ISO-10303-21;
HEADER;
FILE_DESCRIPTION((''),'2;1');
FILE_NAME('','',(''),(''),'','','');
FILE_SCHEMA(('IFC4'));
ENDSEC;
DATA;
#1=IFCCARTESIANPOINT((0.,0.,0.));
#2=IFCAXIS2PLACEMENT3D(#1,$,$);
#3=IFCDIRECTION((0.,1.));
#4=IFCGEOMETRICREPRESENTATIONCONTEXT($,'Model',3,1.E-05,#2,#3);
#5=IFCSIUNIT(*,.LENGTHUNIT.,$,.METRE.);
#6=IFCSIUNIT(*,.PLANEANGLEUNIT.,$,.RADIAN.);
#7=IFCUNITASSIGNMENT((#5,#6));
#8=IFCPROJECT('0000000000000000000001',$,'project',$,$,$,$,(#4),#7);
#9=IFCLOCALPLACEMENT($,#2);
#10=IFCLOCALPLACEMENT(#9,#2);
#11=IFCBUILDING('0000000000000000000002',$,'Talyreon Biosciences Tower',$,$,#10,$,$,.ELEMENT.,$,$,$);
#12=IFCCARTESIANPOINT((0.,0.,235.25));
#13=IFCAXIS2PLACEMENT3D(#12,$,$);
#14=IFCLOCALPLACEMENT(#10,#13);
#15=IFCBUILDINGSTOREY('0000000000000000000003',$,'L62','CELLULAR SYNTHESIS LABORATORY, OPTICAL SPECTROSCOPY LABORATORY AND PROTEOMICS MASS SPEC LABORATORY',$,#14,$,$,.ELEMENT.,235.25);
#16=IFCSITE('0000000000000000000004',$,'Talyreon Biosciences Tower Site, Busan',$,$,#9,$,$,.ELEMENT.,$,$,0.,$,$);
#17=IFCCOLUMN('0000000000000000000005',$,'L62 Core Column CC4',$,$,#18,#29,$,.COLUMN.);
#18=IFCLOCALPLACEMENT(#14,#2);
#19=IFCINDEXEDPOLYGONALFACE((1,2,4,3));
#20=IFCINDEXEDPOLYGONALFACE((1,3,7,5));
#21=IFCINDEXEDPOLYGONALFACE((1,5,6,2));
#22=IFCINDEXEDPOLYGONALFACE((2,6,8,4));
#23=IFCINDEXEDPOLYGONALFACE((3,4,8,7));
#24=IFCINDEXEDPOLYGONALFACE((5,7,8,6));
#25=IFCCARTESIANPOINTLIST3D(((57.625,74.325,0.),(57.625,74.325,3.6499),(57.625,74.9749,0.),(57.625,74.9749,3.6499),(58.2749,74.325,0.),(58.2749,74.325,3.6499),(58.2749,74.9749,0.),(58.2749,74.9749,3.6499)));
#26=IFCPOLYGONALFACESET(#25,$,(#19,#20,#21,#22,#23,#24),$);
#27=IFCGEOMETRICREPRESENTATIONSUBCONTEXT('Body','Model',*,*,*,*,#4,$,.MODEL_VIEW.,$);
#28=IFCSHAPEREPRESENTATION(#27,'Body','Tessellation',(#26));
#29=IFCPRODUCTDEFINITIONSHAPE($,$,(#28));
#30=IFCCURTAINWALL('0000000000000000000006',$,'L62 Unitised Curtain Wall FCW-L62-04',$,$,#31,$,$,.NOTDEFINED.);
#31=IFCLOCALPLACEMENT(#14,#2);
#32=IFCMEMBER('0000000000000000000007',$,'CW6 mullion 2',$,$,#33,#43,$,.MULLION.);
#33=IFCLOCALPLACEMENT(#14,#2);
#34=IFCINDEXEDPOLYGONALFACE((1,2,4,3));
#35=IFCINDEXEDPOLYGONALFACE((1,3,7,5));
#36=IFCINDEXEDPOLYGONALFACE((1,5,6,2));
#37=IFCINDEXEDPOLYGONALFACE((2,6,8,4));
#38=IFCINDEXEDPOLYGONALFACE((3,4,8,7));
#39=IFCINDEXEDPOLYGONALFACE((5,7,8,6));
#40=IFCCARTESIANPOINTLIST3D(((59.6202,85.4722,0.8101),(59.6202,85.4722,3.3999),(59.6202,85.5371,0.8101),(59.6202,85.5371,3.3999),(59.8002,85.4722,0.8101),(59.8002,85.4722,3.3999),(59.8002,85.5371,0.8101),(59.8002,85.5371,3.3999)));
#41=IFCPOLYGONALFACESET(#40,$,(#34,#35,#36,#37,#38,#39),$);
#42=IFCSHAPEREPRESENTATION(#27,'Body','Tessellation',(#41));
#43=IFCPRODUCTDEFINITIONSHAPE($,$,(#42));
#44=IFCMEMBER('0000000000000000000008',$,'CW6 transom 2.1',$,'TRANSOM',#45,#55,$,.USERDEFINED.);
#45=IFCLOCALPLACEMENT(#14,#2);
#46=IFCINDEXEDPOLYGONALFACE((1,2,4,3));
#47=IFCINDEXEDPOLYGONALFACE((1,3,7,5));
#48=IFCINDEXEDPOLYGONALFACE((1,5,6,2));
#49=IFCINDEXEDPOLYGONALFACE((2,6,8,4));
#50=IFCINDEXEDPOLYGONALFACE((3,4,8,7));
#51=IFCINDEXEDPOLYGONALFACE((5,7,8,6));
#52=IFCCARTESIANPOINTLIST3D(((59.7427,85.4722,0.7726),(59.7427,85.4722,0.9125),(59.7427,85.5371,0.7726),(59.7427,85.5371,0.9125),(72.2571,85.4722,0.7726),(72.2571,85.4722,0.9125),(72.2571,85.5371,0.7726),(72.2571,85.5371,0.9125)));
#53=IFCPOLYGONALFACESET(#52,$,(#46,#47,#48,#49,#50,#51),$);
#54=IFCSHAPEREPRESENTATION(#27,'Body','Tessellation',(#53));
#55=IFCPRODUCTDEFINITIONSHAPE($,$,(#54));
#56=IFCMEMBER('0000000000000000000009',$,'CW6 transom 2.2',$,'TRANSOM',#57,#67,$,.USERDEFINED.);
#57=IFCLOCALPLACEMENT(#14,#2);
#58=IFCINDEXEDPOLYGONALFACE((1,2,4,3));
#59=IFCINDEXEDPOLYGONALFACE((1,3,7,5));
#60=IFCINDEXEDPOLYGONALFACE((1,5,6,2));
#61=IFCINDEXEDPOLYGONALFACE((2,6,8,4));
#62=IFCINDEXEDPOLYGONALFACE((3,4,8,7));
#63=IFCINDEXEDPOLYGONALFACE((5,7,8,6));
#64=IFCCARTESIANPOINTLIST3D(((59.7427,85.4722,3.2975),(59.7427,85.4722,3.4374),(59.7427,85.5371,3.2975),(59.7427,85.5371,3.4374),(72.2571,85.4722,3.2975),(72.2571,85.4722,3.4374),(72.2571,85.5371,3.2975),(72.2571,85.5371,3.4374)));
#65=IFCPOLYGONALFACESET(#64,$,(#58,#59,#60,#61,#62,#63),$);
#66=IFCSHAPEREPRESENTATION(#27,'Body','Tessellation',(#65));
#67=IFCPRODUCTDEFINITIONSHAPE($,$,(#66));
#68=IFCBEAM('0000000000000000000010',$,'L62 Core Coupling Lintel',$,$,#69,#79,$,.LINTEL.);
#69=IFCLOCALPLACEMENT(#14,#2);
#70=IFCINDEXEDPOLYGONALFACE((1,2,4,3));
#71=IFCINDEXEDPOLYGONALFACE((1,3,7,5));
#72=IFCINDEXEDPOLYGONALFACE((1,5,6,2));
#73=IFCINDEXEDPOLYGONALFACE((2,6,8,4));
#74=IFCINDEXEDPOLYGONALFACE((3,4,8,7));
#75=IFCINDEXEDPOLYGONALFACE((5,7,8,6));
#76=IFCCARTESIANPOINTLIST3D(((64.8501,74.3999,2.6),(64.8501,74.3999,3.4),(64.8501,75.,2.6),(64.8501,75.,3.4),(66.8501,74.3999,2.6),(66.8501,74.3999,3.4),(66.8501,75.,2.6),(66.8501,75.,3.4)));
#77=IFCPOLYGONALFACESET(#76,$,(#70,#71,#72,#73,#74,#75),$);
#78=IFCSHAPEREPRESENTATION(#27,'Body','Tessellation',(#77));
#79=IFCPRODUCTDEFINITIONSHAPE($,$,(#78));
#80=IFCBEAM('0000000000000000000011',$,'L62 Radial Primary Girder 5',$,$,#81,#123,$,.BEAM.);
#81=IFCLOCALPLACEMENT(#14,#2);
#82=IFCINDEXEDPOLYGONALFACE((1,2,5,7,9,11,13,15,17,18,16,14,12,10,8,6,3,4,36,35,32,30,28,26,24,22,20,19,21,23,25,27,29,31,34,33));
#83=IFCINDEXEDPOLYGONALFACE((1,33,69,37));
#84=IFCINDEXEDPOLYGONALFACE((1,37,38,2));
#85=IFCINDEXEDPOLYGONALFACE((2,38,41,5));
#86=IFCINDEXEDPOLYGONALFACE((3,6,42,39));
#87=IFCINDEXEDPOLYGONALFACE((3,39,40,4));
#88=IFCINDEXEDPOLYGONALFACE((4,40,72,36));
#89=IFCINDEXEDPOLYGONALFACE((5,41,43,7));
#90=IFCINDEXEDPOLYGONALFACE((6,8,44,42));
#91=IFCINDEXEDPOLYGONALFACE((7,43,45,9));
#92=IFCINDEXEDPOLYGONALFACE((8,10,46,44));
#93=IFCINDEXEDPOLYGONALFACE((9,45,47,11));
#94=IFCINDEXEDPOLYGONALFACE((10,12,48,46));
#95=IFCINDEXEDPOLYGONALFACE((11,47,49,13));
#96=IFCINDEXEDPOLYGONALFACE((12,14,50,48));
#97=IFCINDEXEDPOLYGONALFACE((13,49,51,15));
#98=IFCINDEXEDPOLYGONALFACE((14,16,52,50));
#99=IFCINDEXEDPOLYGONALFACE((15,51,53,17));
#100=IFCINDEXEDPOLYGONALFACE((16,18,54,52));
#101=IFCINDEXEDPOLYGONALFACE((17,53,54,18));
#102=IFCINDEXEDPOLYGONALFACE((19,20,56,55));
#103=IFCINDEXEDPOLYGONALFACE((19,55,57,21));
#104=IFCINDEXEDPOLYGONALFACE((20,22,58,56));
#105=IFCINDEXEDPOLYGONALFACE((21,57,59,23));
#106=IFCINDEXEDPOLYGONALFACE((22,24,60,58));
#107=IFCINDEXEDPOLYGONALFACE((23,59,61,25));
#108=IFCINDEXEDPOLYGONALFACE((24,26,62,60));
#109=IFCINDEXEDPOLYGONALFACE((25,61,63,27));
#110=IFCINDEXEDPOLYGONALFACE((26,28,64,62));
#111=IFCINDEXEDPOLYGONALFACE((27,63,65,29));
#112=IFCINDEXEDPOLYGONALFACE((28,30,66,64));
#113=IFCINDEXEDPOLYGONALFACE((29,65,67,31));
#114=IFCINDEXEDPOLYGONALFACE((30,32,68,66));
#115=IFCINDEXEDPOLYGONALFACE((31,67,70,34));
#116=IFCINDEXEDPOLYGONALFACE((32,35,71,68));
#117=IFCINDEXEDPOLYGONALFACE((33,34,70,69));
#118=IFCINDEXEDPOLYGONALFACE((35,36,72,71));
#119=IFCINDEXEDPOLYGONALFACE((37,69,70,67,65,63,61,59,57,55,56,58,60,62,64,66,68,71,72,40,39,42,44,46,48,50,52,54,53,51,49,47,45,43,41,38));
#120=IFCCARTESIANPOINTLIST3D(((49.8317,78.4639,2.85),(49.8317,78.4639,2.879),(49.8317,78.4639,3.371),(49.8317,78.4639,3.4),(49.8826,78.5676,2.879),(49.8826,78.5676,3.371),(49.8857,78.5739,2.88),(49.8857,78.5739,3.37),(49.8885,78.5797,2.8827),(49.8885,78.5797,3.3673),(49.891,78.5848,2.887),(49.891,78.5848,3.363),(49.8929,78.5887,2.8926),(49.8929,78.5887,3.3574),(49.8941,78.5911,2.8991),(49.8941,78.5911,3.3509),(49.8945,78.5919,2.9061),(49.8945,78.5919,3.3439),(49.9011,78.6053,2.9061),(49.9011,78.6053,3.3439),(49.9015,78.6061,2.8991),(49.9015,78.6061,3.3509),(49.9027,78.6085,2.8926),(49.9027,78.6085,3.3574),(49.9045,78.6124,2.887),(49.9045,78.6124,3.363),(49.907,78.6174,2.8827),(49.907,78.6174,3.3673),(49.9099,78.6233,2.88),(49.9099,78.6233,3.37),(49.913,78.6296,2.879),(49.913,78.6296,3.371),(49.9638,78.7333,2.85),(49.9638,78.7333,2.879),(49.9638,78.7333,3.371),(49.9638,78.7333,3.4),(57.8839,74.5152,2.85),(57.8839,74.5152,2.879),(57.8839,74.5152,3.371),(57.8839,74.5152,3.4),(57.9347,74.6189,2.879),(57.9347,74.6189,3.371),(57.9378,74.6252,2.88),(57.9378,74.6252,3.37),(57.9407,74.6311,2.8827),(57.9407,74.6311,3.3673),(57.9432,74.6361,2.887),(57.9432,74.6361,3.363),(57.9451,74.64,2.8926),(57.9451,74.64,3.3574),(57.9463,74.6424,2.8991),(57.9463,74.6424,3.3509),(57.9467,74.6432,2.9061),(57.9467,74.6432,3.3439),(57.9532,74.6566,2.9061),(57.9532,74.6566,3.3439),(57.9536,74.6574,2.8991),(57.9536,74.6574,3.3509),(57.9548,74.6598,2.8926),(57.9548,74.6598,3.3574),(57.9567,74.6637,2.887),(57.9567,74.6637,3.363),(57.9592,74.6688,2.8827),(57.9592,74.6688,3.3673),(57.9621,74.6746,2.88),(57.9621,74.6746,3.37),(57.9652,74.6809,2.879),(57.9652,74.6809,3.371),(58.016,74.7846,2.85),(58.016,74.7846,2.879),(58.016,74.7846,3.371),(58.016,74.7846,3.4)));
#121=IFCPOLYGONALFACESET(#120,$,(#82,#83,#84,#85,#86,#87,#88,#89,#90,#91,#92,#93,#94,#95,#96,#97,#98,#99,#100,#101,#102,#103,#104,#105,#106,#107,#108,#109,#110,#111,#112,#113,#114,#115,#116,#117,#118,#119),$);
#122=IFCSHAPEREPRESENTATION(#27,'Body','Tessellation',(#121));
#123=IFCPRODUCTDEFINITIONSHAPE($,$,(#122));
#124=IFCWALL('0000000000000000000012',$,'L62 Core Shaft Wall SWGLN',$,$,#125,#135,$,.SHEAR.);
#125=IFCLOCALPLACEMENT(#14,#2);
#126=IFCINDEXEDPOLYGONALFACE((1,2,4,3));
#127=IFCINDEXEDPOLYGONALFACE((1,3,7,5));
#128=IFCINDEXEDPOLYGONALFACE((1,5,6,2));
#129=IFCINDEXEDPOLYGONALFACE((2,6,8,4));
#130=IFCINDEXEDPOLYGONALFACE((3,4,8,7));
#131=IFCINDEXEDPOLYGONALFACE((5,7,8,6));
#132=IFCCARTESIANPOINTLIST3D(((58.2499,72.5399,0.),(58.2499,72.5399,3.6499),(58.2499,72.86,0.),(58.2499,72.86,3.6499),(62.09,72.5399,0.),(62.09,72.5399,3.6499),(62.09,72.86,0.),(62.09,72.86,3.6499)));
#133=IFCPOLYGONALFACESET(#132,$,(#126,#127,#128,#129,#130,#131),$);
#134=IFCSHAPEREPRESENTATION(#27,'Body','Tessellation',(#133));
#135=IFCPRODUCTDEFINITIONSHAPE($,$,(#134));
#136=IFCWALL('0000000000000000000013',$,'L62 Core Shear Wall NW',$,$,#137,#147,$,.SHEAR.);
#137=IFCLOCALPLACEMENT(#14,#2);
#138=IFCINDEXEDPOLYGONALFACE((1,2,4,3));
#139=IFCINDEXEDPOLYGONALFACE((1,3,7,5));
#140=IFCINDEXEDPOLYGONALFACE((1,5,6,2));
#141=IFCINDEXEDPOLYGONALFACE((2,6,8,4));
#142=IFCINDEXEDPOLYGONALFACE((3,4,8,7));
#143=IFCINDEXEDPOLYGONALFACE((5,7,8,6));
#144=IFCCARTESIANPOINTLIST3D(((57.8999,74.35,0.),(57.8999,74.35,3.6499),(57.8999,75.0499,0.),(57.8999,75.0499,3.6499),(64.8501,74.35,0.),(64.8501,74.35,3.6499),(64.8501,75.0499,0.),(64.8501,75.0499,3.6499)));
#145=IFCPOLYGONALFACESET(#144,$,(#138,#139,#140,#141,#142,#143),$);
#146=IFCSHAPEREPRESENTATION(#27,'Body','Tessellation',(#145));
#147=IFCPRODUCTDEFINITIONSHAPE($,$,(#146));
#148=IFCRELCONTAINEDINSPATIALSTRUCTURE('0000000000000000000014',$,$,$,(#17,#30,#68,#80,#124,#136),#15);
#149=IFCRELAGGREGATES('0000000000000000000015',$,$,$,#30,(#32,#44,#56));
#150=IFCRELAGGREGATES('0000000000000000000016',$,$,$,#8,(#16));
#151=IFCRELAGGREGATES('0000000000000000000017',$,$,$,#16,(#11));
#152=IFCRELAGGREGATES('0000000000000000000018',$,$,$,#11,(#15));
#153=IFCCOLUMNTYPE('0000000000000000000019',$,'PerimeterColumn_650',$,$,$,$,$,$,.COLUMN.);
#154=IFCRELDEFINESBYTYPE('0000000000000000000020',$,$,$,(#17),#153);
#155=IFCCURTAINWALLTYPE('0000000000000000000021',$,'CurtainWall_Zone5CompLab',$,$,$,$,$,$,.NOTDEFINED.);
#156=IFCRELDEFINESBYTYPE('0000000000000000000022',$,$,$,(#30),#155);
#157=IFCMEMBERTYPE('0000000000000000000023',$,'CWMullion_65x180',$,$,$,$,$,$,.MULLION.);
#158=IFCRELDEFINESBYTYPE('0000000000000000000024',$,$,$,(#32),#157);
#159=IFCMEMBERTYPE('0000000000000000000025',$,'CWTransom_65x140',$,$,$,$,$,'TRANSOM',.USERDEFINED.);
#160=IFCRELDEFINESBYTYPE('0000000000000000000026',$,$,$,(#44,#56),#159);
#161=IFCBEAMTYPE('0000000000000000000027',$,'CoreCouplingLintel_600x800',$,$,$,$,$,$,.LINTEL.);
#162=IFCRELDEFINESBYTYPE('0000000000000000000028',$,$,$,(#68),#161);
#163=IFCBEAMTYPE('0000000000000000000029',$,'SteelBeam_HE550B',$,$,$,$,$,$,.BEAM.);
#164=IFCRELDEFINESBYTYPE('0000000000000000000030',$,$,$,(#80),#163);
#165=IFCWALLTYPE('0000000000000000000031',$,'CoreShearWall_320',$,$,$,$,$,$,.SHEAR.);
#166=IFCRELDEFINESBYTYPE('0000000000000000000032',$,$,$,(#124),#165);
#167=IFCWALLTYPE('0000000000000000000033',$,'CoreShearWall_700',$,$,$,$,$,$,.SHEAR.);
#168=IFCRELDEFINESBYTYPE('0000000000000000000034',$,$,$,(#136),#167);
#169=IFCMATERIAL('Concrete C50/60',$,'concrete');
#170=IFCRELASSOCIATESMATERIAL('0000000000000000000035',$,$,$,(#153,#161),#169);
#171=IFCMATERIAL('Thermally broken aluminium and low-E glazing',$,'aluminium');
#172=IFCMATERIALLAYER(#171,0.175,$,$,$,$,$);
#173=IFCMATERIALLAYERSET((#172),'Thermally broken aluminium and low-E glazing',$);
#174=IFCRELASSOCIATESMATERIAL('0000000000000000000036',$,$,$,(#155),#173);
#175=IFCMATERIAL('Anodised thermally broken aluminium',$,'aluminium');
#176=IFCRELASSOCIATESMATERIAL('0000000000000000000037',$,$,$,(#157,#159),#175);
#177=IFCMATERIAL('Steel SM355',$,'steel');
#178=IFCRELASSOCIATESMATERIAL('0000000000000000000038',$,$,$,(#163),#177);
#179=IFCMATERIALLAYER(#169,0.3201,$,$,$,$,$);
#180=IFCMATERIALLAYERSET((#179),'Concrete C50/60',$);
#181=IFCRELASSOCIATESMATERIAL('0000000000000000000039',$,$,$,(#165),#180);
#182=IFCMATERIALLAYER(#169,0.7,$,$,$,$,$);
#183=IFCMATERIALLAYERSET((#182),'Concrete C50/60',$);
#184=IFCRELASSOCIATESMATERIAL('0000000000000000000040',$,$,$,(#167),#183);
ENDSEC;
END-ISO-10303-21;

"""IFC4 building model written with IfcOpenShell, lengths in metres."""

from ifc_helpers import new_model, si_unit, direction, frame, frame_2d, origin, origin_2d, place, context, subcontext, project, spatial, rectangle, i_section, extrude, material, layer, layer_set, material_profile, profile_set, type_object, element, aggregate, save


model = new_model("IFC4")

# Units and contexts
model_context = context("Model", 3, precision=1e-05, world=origin(), true_north=direction((0.0, 1.0)))
body_context = subcontext(model_context, "Body", "Model", "MODEL_VIEW")
ifc_project = project(units=[si_unit("LENGTHUNIT", "METRE"), si_unit("PLANEANGLEUNIT", "RADIAN")], contexts=[model_context])

# Site, building, storey
site_placement = place(None, origin())
site = spatial("IfcSite", under=ifc_project, at=site_placement, Name="Talyreon Biosciences Tower Site, Busan", CompositionType="ELEMENT", RefElevation=0.0)
building_placement = place(site_placement, origin())
building = spatial("IfcBuilding", under=site, at=building_placement, Name="Talyreon Biosciences Tower", CompositionType="ELEMENT")
storey_placement = place(building_placement, frame((0.0, 0.0, 235.25)))
storey = spatial("IfcBuildingStorey", under=building, at=storey_placement, Name="L62", Description="CELLULAR SYNTHESIS LABORATORY, OPTICAL SPECTROSCOPY LABORATORY AND PROTEOMICS MASS SPEC LABORATORY", CompositionType="ELEMENT", Elevation=235.25)

# Column
ifc_material_1 = material(Name="Concrete C50/60", Category="concrete")
ifc_material_profile_1 = material_profile(ifc_material_1, rectangle(XDim=0.6499, YDim=0.6499, at=origin_2d()), Name="RC 650x650")
ifc_profile_set_1 = profile_set([ifc_material_profile_1], Name="Concrete C50/60")
column_type = type_object("IfcColumnType", Name="PerimeterColumn_650", PredefinedType="COLUMN", material=ifc_profile_set_1)
column_placement = place(storey_placement, frame((57.95, 74.6499, 0.0), z_axis=(0.0, 0.0, 1.0), x_axis=(1.0, 0.0, 0.0)))
element("IfcColumn", 1, at=column_placement, inside=storey, type_object=column_type, Name="L62 Core Column CC4", PredefinedType="COLUMN", context=body_context, shape_type="SweptSolid", body=[
    extrude(rectangle(XDim=0.6499, YDim=0.6499, at=origin_2d()), origin(), (0.0, 0.0, 1.0), 3.6499),
])

# Curtain wall, members
ifc_material_2 = material(Name="Thermally broken aluminium and low-E glazing", Category="aluminium")
ifc_layer_1 = layer(ifc_material_2, 0.175)
ifc_layer_set_1 = layer_set([ifc_layer_1], Name="Thermally broken aluminium and low-E glazing")
curtain_wall_type = type_object("IfcCurtainWallType", Name="CurtainWall_Zone5CompLab", PredefinedType="NOTDEFINED", material=ifc_layer_set_1)
curtain_wall_placement = place(storey_placement, origin())
curtain_wall = element("IfcCurtainWall", 2, at=curtain_wall_placement, inside=storey, type_object=curtain_wall_type, Name="L62 Unitised Curtain Wall FCW-L62-04", PredefinedType="NOTDEFINED")
ifc_material_3 = material(Name="Anodised thermally broken aluminium", Category="aluminium")
ifc_material_profile_2 = material_profile(ifc_material_3, rectangle(XDim=0.0649, YDim=0.1799, at=origin_2d()), Name="ALUM MULLION 65x180")
ifc_profile_set_2 = profile_set([ifc_material_profile_2], Name="Anodised thermally broken aluminium")
member_type_1 = type_object("IfcMemberType", Name="CWMullion_65x180", PredefinedType="MULLION", material=ifc_profile_set_2)
member_1_placement = place(storey_placement, frame((59.7102, 85.5046, 0.8101), z_axis=(0.0, 0.0, 1.0), x_axis=(0.0, 1.0, 0.0)))
member_1 = element("IfcMember", 3, at=member_1_placement, type_object=member_type_1, Name="CW6 mullion 2", PredefinedType="MULLION", context=body_context, shape_type="SweptSolid", body=[
    extrude(rectangle(XDim=0.0649, YDim=0.1799, at=origin_2d()), origin(), (0.0, 0.0, 1.0), 2.5898),
])
ifc_material_profile_3 = material_profile(ifc_material_3, rectangle(XDim=0.0649, YDim=0.1399, at=origin_2d()), Name="ALUM TRANSOM 65x140")
ifc_profile_set_3 = profile_set([ifc_material_profile_3], Name="Anodised thermally broken aluminium")
member_type_2 = type_object("IfcMemberType", Name="CWTransom_65x140", ElementType="TRANSOM", PredefinedType="USERDEFINED", material=ifc_profile_set_3)
member_2_placement = place(storey_placement, frame((59.7427, 85.5046, 0.8425), z_axis=(1.0, 0.0, 0.0), x_axis=(0.0, 1.0, 0.0)))
member_2 = element("IfcMember", 4, at=member_2_placement, type_object=member_type_2, Name="CW6 transom 2.1", ObjectType="TRANSOM", PredefinedType="USERDEFINED", context=body_context, shape_type="SweptSolid", body=[
    extrude(rectangle(XDim=0.0649, YDim=0.1399, at=origin_2d()), origin(), (0.0, 0.0, 1.0), 12.5144),
])
member_3_placement = place(storey_placement, frame((59.7427, 85.5046, 3.3674), z_axis=(1.0, 0.0, 0.0), x_axis=(0.0, 1.0, 0.0)))
member_3 = element("IfcMember", 5, at=member_3_placement, type_object=member_type_2, Name="CW6 transom 2.2", ObjectType="TRANSOM", PredefinedType="USERDEFINED", context=body_context, shape_type="SweptSolid", body=[
    extrude(rectangle(XDim=0.0649, YDim=0.1399, at=origin_2d()), origin(), (0.0, 0.0, 1.0), 12.5144),
])
aggregate(curtain_wall, [member_1, member_2, member_3])

# Beams
ifc_material_profile_4 = material_profile(ifc_material_1, rectangle(XDim=0.6001, YDim=0.8, at=origin_2d()), Name="RCB 600x800")
ifc_profile_set_4 = profile_set([ifc_material_profile_4], Name="Concrete C50/60")
beam_type_1 = type_object("IfcBeamType", Name="CoreCouplingLintel_600x800", PredefinedType="LINTEL", material=ifc_profile_set_4)
beam_1_placement = place(storey_placement, frame((64.8501, 74.7, 3.0), z_axis=(1.0, 0.0, 0.0), x_axis=(0.0, 1.0, 0.0)))
element("IfcBeam", 6, at=beam_1_placement, inside=storey, type_object=beam_type_1, Name="L62 Core Coupling Lintel", PredefinedType="LINTEL", context=body_context, shape_type="SweptSolid", body=[
    extrude(rectangle(XDim=0.6001, YDim=0.8, at=origin_2d()), origin(), (0.0, 0.0, 1.0), 2.0),
])
ifc_material_4 = material(Name="Steel SM355", Category="steel")
ifc_material_profile_5 = material_profile(ifc_material_4, i_section(OverallWidth=0.3, OverallDepth=0.55, WebThickness=0.0149, FlangeThickness=0.0291, FilletRadius=0.0271, at=origin_2d()), Name="HE550B")
ifc_profile_set_5 = profile_set([ifc_material_profile_5], Name="Steel SM355")
beam_type_2 = type_object("IfcBeamType", Name="SteelBeam_HE550B", PredefinedType="BEAM", material=ifc_profile_set_5)
beam_2_placement = place(storey_placement, frame((57.95, 74.6499, 3.125), z_axis=(-0.897852, 0.440297, 0.0), x_axis=(-0.440297, -0.897852, 0.0)))
element("IfcBeam", 7, at=beam_2_placement, inside=storey, type_object=beam_type_2, Name="L62 Radial Primary Girder 5", PredefinedType="BEAM", context=body_context, shape_type="SweptSolid", body=[
    extrude(i_section(OverallWidth=0.3, OverallDepth=0.55, WebThickness=0.0149, FlangeThickness=0.0291, FilletRadius=0.0271, at=origin_2d()), origin(), (0.0, 0.0, 1.0), 8.9683),
])

# Walls
ifc_layer_2 = layer(ifc_material_1, 0.3201)
ifc_layer_set_2 = layer_set([ifc_layer_2], Name="Concrete C50/60")
wall_type_1 = type_object("IfcWallType", Name="CoreShearWall_320", PredefinedType="SHEAR", material=ifc_layer_set_2)
wall_1_placement = place(storey_placement, frame((58.25, 72.7, 0.0), z_axis=(0.0, 0.0, 1.0), x_axis=(1.0, 0.0, 0.0)))
element("IfcWall", 8, at=wall_1_placement, inside=storey, type_object=wall_type_1, Name="L62 Core Shaft Wall SWGLN", PredefinedType="SHEAR", context=body_context, shape_type="SweptSolid", body=[
    extrude(rectangle(XDim=3.8401, YDim=0.3201, at=frame_2d((1.9199, 0.0))), origin(), (0.0, 0.0, 1.0), 3.6499),
])
ifc_layer_3 = layer(ifc_material_1, 0.7)
ifc_layer_set_3 = layer_set([ifc_layer_3], Name="Concrete C50/60")
wall_type_2 = type_object("IfcWallType", Name="CoreShearWall_700", PredefinedType="SHEAR", material=ifc_layer_set_3)
wall_2_placement = place(storey_placement, frame((64.8501, 74.7, 0.0), z_axis=(0.0, 0.0, 1.0), x_axis=(-1.0, 0.0, 0.0)))
element("IfcWall", 9, at=wall_2_placement, inside=storey, type_object=wall_type_2, Name="L62 Core Shear Wall NW", PredefinedType="SHEAR", context=body_context, shape_type="SweptSolid", body=[
    extrude(rectangle(XDim=6.9502, YDim=0.7, at=frame_2d((3.4751, 0.0))), origin(), (0.0, 0.0, 1.0), 3.6499),
])

save(model, "model.ifc")
